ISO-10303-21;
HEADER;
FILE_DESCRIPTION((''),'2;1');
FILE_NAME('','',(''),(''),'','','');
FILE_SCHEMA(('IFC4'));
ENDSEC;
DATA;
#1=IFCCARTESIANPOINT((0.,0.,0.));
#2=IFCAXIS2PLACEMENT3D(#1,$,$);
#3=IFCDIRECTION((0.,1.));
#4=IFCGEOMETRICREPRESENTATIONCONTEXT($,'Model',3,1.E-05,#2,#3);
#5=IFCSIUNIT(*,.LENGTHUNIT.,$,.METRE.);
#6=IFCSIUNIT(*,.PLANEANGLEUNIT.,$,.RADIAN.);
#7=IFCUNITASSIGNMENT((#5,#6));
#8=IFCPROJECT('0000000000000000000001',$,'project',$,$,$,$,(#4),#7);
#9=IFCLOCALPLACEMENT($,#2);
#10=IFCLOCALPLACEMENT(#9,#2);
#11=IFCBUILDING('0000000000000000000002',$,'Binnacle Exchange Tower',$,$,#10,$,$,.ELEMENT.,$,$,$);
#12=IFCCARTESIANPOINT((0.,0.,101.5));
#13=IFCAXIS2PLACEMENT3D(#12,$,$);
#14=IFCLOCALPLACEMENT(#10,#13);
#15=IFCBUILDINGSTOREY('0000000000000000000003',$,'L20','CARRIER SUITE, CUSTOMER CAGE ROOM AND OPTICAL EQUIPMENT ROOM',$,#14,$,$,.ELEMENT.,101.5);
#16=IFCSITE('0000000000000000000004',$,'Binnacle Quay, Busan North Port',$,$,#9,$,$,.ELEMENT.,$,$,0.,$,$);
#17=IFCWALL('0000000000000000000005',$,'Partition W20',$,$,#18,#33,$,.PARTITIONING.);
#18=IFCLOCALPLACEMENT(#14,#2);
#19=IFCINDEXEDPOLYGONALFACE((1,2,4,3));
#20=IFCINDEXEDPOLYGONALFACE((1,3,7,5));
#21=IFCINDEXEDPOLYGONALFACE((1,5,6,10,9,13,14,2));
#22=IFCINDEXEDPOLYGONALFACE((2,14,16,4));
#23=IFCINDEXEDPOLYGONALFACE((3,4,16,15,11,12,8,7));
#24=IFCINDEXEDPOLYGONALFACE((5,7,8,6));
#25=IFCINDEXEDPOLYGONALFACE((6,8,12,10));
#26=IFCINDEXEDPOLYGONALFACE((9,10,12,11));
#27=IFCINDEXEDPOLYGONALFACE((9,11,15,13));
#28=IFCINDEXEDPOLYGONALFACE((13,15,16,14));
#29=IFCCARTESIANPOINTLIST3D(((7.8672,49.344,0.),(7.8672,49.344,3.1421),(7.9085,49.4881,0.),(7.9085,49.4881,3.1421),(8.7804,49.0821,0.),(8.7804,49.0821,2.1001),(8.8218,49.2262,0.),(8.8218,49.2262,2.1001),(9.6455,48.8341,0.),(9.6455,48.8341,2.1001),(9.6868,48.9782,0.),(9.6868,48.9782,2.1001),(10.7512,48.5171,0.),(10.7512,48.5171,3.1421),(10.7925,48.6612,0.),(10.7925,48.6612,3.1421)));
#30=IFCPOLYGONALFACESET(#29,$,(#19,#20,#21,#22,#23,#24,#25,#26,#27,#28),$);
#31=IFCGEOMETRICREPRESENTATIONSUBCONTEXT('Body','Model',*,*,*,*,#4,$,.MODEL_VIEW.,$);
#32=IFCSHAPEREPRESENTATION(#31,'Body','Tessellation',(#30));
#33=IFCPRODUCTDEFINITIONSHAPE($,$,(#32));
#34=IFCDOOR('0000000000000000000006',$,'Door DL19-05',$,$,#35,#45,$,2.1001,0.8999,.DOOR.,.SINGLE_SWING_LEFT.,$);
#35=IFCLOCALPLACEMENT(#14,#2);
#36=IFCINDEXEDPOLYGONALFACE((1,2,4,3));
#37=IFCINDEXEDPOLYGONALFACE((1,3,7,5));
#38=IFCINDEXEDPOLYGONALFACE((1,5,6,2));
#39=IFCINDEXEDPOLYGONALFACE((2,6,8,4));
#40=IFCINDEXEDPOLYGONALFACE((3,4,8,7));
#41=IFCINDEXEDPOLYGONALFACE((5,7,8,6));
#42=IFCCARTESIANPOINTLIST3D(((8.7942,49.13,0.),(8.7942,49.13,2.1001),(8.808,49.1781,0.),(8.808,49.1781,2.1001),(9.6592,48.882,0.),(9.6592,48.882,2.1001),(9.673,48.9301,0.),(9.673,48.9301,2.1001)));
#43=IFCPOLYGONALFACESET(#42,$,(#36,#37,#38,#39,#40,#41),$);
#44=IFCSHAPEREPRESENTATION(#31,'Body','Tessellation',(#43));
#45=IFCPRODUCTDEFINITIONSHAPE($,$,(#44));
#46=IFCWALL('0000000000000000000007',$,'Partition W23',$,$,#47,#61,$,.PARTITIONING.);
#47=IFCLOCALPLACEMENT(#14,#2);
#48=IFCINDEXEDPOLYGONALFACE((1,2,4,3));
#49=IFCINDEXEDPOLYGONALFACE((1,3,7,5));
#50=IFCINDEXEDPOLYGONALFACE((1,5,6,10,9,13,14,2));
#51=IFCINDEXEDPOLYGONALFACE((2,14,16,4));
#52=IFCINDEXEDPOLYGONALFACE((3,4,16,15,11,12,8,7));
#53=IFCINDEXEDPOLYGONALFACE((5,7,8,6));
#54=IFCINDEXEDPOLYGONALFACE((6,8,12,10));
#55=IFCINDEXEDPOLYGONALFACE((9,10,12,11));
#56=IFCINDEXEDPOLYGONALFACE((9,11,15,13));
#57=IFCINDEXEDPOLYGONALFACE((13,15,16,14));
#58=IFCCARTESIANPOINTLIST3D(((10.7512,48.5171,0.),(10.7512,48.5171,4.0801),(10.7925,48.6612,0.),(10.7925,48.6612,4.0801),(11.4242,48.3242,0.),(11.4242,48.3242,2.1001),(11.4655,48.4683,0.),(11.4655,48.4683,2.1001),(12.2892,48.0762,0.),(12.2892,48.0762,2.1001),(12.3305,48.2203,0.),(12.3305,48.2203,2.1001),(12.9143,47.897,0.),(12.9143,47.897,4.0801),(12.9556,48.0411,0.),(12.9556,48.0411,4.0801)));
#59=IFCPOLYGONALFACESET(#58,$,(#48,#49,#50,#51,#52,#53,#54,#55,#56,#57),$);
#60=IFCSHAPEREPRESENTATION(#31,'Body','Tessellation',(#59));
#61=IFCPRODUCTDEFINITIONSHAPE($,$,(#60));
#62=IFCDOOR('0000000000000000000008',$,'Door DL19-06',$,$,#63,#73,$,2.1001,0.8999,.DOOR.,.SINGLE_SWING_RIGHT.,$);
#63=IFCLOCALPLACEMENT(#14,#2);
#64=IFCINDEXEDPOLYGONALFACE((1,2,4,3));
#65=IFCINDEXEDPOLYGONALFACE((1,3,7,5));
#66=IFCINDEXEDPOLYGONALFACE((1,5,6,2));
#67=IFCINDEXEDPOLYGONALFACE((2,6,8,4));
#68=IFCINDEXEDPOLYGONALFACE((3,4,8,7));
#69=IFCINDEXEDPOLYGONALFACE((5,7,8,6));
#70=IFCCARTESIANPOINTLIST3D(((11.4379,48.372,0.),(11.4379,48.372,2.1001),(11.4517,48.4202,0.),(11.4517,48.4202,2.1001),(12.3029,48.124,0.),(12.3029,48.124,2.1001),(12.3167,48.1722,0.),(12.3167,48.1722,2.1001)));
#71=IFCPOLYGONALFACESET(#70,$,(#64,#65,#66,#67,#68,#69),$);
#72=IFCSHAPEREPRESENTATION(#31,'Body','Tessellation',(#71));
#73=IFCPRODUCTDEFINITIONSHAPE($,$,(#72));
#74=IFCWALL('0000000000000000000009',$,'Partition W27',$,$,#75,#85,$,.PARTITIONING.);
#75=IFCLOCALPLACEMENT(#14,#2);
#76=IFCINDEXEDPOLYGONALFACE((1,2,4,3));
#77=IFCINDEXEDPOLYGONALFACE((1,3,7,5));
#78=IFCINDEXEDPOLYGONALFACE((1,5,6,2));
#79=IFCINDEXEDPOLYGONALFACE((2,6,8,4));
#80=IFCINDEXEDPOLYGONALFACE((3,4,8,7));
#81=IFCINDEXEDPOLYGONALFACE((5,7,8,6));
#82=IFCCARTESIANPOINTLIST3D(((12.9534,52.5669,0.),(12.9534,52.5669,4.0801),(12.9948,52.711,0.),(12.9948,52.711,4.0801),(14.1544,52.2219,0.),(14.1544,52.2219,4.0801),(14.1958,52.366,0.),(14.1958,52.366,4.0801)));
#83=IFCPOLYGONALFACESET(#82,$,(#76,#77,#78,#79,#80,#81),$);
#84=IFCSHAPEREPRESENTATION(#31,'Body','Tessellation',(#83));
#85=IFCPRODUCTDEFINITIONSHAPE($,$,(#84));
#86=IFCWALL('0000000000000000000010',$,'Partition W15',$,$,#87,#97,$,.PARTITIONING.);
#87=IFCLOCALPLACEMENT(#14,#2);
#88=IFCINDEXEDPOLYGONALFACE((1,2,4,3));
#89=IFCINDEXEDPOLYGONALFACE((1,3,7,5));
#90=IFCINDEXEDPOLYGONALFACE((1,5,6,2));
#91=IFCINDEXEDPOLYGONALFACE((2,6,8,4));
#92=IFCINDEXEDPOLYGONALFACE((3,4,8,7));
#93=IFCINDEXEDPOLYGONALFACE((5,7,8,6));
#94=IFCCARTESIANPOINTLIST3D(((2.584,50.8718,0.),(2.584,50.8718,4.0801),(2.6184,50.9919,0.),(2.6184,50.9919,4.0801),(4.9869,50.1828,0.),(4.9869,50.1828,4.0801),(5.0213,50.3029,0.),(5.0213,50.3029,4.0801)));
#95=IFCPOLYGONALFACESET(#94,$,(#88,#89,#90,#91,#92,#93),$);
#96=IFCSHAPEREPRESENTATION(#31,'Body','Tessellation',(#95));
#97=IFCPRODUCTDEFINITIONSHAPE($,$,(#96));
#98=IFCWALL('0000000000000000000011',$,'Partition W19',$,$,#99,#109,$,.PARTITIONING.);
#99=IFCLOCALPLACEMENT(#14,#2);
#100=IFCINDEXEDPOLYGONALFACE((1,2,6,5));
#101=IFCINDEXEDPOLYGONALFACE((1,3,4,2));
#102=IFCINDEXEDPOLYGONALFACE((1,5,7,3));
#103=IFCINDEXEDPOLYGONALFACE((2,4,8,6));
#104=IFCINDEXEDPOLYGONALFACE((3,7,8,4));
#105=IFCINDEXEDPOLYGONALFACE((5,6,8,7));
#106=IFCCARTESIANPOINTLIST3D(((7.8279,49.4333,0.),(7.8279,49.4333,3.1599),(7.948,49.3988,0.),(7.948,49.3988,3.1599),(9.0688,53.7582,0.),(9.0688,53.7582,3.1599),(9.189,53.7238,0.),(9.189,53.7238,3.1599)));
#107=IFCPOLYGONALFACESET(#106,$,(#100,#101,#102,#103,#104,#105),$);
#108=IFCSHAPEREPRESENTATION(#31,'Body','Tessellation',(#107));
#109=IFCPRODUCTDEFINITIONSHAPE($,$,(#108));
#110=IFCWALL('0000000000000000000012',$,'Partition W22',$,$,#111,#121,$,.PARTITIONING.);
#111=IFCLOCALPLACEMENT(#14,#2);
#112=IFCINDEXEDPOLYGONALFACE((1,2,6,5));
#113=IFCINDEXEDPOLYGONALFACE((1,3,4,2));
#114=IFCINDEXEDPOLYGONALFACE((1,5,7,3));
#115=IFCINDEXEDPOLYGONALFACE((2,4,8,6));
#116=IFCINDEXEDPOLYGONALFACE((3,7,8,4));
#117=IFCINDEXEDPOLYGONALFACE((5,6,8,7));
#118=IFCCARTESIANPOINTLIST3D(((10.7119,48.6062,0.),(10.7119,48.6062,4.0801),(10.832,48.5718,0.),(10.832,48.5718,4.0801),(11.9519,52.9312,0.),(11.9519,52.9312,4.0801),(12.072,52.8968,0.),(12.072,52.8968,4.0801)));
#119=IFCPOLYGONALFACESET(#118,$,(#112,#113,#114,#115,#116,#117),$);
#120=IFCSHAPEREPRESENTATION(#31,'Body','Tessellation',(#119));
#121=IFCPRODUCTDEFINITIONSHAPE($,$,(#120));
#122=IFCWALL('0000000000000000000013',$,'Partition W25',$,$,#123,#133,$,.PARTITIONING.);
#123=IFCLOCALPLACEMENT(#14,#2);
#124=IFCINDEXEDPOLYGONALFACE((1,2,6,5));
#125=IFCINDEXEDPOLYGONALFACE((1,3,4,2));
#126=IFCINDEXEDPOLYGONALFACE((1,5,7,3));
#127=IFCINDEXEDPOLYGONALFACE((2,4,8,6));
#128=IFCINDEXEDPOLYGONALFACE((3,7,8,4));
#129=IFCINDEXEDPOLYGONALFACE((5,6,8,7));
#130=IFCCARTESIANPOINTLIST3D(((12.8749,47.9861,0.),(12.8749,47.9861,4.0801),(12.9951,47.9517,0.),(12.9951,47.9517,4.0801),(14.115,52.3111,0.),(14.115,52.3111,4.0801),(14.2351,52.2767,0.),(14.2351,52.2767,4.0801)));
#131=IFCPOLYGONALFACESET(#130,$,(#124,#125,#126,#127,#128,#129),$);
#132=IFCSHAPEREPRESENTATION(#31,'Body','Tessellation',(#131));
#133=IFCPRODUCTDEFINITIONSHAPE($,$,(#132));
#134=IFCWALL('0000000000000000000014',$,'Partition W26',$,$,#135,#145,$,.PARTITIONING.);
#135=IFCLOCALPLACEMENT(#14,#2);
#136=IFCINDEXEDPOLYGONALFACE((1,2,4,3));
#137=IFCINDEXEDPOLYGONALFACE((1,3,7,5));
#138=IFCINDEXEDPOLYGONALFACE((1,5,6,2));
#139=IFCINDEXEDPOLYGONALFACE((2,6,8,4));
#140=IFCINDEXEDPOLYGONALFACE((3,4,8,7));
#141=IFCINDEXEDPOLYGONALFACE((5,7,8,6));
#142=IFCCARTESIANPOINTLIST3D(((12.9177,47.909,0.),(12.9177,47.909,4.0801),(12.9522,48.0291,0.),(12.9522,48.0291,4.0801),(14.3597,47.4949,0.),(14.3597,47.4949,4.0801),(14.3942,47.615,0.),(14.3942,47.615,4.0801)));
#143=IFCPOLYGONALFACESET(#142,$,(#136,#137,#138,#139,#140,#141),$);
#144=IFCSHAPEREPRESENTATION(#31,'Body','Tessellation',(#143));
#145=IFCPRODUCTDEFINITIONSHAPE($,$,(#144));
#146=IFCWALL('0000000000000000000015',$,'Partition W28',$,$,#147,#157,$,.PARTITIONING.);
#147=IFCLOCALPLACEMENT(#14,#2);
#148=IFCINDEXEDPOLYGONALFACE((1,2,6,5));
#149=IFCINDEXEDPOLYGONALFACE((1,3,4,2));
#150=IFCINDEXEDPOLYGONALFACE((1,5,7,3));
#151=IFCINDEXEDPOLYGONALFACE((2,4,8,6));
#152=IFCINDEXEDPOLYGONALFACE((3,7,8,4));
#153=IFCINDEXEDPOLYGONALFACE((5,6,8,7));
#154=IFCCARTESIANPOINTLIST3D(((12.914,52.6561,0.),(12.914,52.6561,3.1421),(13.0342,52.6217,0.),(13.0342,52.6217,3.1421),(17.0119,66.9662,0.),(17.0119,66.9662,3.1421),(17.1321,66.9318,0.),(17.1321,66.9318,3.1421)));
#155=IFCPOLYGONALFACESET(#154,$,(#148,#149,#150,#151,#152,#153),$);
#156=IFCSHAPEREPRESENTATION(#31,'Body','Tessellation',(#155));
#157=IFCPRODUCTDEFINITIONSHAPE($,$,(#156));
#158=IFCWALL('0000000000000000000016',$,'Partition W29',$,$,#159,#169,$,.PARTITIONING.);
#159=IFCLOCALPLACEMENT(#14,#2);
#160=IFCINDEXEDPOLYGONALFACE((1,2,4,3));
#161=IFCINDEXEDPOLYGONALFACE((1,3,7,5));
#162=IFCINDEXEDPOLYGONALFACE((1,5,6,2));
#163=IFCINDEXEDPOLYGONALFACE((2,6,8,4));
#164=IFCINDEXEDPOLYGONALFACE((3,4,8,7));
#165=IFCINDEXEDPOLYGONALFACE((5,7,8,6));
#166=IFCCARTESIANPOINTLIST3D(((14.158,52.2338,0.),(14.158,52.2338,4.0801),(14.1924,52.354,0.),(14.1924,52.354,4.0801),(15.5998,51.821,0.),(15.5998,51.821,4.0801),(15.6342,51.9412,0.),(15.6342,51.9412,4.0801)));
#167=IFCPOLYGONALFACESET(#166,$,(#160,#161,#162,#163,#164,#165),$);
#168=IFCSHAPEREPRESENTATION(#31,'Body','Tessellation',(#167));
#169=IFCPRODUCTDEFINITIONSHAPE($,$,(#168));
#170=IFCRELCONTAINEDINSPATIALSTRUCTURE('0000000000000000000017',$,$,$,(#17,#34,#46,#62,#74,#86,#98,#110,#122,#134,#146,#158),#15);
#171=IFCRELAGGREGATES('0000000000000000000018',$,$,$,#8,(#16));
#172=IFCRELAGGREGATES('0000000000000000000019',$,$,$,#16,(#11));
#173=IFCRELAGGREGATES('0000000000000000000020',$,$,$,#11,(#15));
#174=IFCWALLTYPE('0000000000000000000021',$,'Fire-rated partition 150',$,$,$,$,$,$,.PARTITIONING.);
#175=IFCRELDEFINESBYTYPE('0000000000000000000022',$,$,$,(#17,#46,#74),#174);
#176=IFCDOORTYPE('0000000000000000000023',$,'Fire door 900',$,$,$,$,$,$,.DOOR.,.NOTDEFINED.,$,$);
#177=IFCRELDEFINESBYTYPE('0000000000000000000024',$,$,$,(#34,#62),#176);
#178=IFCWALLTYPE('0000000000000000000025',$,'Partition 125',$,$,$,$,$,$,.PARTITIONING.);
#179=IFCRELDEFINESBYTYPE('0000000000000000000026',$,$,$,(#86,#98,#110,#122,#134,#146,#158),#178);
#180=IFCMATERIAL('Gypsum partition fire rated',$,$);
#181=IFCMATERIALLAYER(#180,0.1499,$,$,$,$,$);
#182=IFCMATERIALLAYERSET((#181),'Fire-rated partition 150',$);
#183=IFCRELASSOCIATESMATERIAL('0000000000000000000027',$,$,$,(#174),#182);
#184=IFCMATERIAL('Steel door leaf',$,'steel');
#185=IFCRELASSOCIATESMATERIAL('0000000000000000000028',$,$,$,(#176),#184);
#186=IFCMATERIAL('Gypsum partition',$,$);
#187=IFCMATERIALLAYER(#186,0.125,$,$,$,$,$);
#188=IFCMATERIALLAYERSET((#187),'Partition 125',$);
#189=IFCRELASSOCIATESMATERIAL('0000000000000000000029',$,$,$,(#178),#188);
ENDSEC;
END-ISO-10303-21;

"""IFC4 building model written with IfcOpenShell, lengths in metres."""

from ifc_helpers import new_model, si_unit, direction, frame, frame_2d, origin, place, context, subcontext, project, spatial, rectangle, extrude, material, layer, layer_set, type_object, element, fill, save


model = new_model("IFC4")

# Units and contexts
model_context = context("Model", 3, precision=1e-05, world=origin(), true_north=direction((0.0, 1.0)))
body_context = subcontext(model_context, "Body", "Model", "MODEL_VIEW")
ifc_project = project(units=[si_unit("LENGTHUNIT", "METRE"), si_unit("PLANEANGLEUNIT", "RADIAN")], contexts=[model_context])

# Site, building, storey
site_placement = place(None, origin())
site = spatial("IfcSite", under=ifc_project, at=site_placement, Name="Binnacle Quay, Busan North Port", CompositionType="ELEMENT", RefElevation=0.0)
building_placement = place(site_placement, origin())
building = spatial("IfcBuilding", under=site, at=building_placement, Name="Binnacle Exchange Tower", CompositionType="ELEMENT")
storey_placement = place(building_placement, frame((0.0, 0.0, 101.5)))
storey = spatial("IfcBuildingStorey", under=building, at=storey_placement, Name="L20", Description="CARRIER SUITE, CUSTOMER CAGE ROOM AND OPTICAL EQUIPMENT ROOM", CompositionType="ELEMENT", Elevation=101.5)

# Shared definitions
ifc_material_1 = material(Name="Gypsum partition fire rated")
ifc_layer_1 = layer(ifc_material_1, 0.1499)
ifc_layer_set_1 = layer_set([ifc_layer_1], Name="Fire-rated partition 150")
wall_type_1 = type_object("IfcWallType", Name="Fire-rated partition 150", PredefinedType="PARTITIONING", material=ifc_layer_set_1)

# Walls, openings, doors
ifc_material_2 = material(Name="Steel door leaf", Category="steel")
door_type = type_object("IfcDoorType", Name="Fire door 900", OperationType="NOTDEFINED", PredefinedType="DOOR", material=ifc_material_2)
wall_1_placement = place(storey_placement, frame((7.8879, 49.416, 0.0), z_axis=(0.0, 0.0, 1.0), x_axis=(0.961269, -0.275613, 0.0)))
wall_1 = element("IfcWall", 1, at=wall_1_placement, inside=storey, type_object=wall_type_1, Name="Partition W20", PredefinedType="PARTITIONING", context=body_context, shape_type="SweptSolid", body=[
    extrude(rectangle(XDim=3.0002, YDim=0.1499, at=frame_2d((1.5, 0.0))), origin(), (0.0, 0.0, 1.0), 3.1421),
])
opening_1_placement = place(wall_1_placement, frame((0.95, 0.0, 0.0)))
opening_1 = element("IfcOpeningElement", 2, at=opening_1_placement, cuts=wall_1, PredefinedType="OPENING", context=body_context, shape_type="SweptSolid", body=[
    extrude(rectangle(XDim=0.8999, YDim=2.1001, at=frame_2d((0.45, 1.05))), frame((0.0, 0.085, 0.0), z_axis=(0.0, -1.0, 0.0), x_axis=(1.0, 0.0, 0.0)), (0.0, 0.0, 1.0), 0.1699),
])
door_1_placement = place(opening_1_placement, origin())
door_1 = element("IfcDoor", 3, at=door_1_placement, inside=storey, type_object=door_type, Name="Door DL19-05", OperationType="SINGLE_SWING_LEFT", OverallHeight=2.1001, OverallWidth=0.8999, PredefinedType="DOOR", context=body_context, shape_type="SweptSolid", body=[
    extrude(rectangle(XDim=0.8999, YDim=2.1001, at=frame_2d((0.45, 1.05))), frame((0.0, 0.0249, 0.0), z_axis=(0.0, -1.0, 0.0), x_axis=(1.0, 0.0, 0.0)), (0.0, 0.0, 1.0), 0.05),
])
fill(opening_1, door_1)
wall_2_placement = place(storey_placement, frame((10.772, 48.5891, 0.0), z_axis=(0.0, 0.0, 1.0), x_axis=(0.961278, -0.275581, 0.0)))
wall_2 = element("IfcWall", 4, at=wall_2_placement, inside=storey, type_object=wall_type_1, Name="Partition W23", PredefinedType="PARTITIONING", context=body_context, shape_type="SweptSolid", body=[
    extrude(rectangle(XDim=2.2502, YDim=0.1499, at=frame_2d((1.125, 0.0))), origin(), (0.0, 0.0, 1.0), 4.0801),
])
opening_2_placement = place(wall_2_placement, frame((0.7, 0.0, 0.0)))
opening_2 = element("IfcOpeningElement", 5, at=opening_2_placement, cuts=wall_2, PredefinedType="OPENING", context=body_context, shape_type="SweptSolid", body=[
    extrude(rectangle(XDim=0.8999, YDim=2.1001, at=frame_2d((0.45, 1.05))), frame((0.0, 0.085, 0.0), z_axis=(0.0, -1.0, 0.0), x_axis=(1.0, 0.0, 0.0)), (0.0, 0.0, 1.0), 0.1699),
])
door_2_placement = place(opening_2_placement, origin())
door_2 = element("IfcDoor", 6, at=door_2_placement, inside=storey, type_object=door_type, Name="Door DL19-06", OperationType="SINGLE_SWING_RIGHT", OverallHeight=2.1001, OverallWidth=0.8999, PredefinedType="DOOR", context=body_context, shape_type="SweptSolid", body=[
    extrude(rectangle(XDim=0.8999, YDim=2.1001, at=frame_2d((0.45, 1.05))), frame((0.0, 0.0249, 0.0), z_axis=(0.0, -1.0, 0.0), x_axis=(1.0, 0.0, 0.0)), (0.0, 0.0, 1.0), 0.05),
])
fill(opening_2, door_2)

# Walls
wall_3_placement = place(storey_placement, frame((12.9741, 52.6389, 0.0), z_axis=(0.0, 0.0, 1.0), x_axis=(0.961132, -0.276089, 0.0)))
element("IfcWall", 7, at=wall_3_placement, inside=storey, type_object=wall_type_1, Name="Partition W27", PredefinedType="PARTITIONING", context=body_context, shape_type="SweptSolid", body=[
    extrude(rectangle(XDim=1.2495, YDim=0.1499, at=frame_2d((0.6248, 0.0))), origin(), (0.0, 0.0, 1.0), 4.0801),
])
ifc_material_3 = material(Name="Gypsum partition")
ifc_layer_2 = layer(ifc_material_3, 0.125)
ifc_layer_set_2 = layer_set([ifc_layer_2], Name="Partition 125")
wall_type_2 = type_object("IfcWallType", Name="Partition 125", PredefinedType="PARTITIONING", material=ifc_layer_set_2)
wall_4_placement = place(storey_placement, frame((2.6011, 50.9319, 0.0), z_axis=(0.0, 0.0, 1.0), x_axis=(0.961266, -0.275624, 0.0)))
element("IfcWall", 8, at=wall_4_placement, inside=storey, type_object=wall_type_2, Name="Partition W15", PredefinedType="PARTITIONING", context=body_context, shape_type="SweptSolid", body=[
    extrude(rectangle(XDim=2.4998, YDim=0.125, at=frame_2d((1.25, 0.0))), origin(), (0.0, 0.0, 1.0), 4.0801),
])
wall_5_placement = place(storey_placement, frame((7.8879, 49.416, 0.0), z_axis=(0.0, 0.0, 1.0), x_axis=(0.275803, 0.961214, 0.0)))
element("IfcWall", 9, at=wall_5_placement, inside=storey, type_object=wall_type_2, Name="Partition W19", PredefinedType="PARTITIONING", context=body_context, shape_type="SweptSolid", body=[
    extrude(rectangle(XDim=4.4995, YDim=0.125, at=frame_2d((2.2498, 0.0))), origin(), (0.0, 0.0, 1.0), 3.1599),
])
for number, where, z_axis, x_axis, name in (
    (10, (10.772, 48.5891, 0.0), (0.0, 0.0, 1.0), (0.275603, 0.961272, 0.0), "Partition W22"),
    (11, (12.9351, 47.969, 0.0), (0.0, 0.0, 1.0), (0.275603, 0.961272, 0.0), "Partition W25"),
):
    element("IfcWall", number, at=place(storey_placement, frame(where, z_axis=z_axis, x_axis=x_axis)), inside=storey, type_object=wall_type_2, Name=name, PredefinedType="PARTITIONING", context=body_context, shape_type="SweptSolid", body=[
        extrude(rectangle(XDim=4.4993, YDim=0.125, at=frame_2d((2.2495, 0.0))), origin(), (0.0, 0.0, 1.0), 4.0801),
    ])
wall_6_placement = place(storey_placement, frame((12.9351, 47.969, 0.0), z_axis=(0.0, 0.0, 1.0), x_axis=(0.961155, -0.276011, 0.0)))
element("IfcWall", 12, at=wall_6_placement, inside=storey, type_object=wall_type_2, Name="Partition W26", PredefinedType="PARTITIONING", context=body_context, shape_type="SweptSolid", body=[
    extrude(rectangle(XDim=1.5002, YDim=0.125, at=frame_2d((0.75, 0.0))), origin(), (0.0, 0.0, 1.0), 4.0801),
])
wall_7_placement = place(storey_placement, frame((12.9741, 52.6389, 0.0), z_axis=(0.0, 0.0, 1.0), x_axis=(0.275299, 0.961359, 0.0)))
element("IfcWall", 13, at=wall_7_placement, inside=storey, type_object=wall_type_2, Name="Partition W28", PredefinedType="PARTITIONING", context=body_context, shape_type="SweptSolid", body=[
    extrude(rectangle(XDim=14.8853, YDim=0.125, at=frame_2d((7.4426, 0.0))), origin(), (0.0, 0.0, 1.0), 3.1421),
])
wall_8_placement = place(storey_placement, frame((14.175, 52.2939, 0.0), z_axis=(0.0, 0.0, 1.0), x_axis=(0.96137, -0.275259, 0.0)))
element("IfcWall", 14, at=wall_8_placement, inside=storey, type_object=wall_type_2, Name="Partition W29", PredefinedType="PARTITIONING", context=body_context, shape_type="SweptSolid", body=[
    extrude(rectangle(XDim=1.4998, YDim=0.125, at=frame_2d((0.75, 0.0))), origin(), (0.0, 0.0, 1.0), 4.0801),
])

save(model, "model.ifc")
